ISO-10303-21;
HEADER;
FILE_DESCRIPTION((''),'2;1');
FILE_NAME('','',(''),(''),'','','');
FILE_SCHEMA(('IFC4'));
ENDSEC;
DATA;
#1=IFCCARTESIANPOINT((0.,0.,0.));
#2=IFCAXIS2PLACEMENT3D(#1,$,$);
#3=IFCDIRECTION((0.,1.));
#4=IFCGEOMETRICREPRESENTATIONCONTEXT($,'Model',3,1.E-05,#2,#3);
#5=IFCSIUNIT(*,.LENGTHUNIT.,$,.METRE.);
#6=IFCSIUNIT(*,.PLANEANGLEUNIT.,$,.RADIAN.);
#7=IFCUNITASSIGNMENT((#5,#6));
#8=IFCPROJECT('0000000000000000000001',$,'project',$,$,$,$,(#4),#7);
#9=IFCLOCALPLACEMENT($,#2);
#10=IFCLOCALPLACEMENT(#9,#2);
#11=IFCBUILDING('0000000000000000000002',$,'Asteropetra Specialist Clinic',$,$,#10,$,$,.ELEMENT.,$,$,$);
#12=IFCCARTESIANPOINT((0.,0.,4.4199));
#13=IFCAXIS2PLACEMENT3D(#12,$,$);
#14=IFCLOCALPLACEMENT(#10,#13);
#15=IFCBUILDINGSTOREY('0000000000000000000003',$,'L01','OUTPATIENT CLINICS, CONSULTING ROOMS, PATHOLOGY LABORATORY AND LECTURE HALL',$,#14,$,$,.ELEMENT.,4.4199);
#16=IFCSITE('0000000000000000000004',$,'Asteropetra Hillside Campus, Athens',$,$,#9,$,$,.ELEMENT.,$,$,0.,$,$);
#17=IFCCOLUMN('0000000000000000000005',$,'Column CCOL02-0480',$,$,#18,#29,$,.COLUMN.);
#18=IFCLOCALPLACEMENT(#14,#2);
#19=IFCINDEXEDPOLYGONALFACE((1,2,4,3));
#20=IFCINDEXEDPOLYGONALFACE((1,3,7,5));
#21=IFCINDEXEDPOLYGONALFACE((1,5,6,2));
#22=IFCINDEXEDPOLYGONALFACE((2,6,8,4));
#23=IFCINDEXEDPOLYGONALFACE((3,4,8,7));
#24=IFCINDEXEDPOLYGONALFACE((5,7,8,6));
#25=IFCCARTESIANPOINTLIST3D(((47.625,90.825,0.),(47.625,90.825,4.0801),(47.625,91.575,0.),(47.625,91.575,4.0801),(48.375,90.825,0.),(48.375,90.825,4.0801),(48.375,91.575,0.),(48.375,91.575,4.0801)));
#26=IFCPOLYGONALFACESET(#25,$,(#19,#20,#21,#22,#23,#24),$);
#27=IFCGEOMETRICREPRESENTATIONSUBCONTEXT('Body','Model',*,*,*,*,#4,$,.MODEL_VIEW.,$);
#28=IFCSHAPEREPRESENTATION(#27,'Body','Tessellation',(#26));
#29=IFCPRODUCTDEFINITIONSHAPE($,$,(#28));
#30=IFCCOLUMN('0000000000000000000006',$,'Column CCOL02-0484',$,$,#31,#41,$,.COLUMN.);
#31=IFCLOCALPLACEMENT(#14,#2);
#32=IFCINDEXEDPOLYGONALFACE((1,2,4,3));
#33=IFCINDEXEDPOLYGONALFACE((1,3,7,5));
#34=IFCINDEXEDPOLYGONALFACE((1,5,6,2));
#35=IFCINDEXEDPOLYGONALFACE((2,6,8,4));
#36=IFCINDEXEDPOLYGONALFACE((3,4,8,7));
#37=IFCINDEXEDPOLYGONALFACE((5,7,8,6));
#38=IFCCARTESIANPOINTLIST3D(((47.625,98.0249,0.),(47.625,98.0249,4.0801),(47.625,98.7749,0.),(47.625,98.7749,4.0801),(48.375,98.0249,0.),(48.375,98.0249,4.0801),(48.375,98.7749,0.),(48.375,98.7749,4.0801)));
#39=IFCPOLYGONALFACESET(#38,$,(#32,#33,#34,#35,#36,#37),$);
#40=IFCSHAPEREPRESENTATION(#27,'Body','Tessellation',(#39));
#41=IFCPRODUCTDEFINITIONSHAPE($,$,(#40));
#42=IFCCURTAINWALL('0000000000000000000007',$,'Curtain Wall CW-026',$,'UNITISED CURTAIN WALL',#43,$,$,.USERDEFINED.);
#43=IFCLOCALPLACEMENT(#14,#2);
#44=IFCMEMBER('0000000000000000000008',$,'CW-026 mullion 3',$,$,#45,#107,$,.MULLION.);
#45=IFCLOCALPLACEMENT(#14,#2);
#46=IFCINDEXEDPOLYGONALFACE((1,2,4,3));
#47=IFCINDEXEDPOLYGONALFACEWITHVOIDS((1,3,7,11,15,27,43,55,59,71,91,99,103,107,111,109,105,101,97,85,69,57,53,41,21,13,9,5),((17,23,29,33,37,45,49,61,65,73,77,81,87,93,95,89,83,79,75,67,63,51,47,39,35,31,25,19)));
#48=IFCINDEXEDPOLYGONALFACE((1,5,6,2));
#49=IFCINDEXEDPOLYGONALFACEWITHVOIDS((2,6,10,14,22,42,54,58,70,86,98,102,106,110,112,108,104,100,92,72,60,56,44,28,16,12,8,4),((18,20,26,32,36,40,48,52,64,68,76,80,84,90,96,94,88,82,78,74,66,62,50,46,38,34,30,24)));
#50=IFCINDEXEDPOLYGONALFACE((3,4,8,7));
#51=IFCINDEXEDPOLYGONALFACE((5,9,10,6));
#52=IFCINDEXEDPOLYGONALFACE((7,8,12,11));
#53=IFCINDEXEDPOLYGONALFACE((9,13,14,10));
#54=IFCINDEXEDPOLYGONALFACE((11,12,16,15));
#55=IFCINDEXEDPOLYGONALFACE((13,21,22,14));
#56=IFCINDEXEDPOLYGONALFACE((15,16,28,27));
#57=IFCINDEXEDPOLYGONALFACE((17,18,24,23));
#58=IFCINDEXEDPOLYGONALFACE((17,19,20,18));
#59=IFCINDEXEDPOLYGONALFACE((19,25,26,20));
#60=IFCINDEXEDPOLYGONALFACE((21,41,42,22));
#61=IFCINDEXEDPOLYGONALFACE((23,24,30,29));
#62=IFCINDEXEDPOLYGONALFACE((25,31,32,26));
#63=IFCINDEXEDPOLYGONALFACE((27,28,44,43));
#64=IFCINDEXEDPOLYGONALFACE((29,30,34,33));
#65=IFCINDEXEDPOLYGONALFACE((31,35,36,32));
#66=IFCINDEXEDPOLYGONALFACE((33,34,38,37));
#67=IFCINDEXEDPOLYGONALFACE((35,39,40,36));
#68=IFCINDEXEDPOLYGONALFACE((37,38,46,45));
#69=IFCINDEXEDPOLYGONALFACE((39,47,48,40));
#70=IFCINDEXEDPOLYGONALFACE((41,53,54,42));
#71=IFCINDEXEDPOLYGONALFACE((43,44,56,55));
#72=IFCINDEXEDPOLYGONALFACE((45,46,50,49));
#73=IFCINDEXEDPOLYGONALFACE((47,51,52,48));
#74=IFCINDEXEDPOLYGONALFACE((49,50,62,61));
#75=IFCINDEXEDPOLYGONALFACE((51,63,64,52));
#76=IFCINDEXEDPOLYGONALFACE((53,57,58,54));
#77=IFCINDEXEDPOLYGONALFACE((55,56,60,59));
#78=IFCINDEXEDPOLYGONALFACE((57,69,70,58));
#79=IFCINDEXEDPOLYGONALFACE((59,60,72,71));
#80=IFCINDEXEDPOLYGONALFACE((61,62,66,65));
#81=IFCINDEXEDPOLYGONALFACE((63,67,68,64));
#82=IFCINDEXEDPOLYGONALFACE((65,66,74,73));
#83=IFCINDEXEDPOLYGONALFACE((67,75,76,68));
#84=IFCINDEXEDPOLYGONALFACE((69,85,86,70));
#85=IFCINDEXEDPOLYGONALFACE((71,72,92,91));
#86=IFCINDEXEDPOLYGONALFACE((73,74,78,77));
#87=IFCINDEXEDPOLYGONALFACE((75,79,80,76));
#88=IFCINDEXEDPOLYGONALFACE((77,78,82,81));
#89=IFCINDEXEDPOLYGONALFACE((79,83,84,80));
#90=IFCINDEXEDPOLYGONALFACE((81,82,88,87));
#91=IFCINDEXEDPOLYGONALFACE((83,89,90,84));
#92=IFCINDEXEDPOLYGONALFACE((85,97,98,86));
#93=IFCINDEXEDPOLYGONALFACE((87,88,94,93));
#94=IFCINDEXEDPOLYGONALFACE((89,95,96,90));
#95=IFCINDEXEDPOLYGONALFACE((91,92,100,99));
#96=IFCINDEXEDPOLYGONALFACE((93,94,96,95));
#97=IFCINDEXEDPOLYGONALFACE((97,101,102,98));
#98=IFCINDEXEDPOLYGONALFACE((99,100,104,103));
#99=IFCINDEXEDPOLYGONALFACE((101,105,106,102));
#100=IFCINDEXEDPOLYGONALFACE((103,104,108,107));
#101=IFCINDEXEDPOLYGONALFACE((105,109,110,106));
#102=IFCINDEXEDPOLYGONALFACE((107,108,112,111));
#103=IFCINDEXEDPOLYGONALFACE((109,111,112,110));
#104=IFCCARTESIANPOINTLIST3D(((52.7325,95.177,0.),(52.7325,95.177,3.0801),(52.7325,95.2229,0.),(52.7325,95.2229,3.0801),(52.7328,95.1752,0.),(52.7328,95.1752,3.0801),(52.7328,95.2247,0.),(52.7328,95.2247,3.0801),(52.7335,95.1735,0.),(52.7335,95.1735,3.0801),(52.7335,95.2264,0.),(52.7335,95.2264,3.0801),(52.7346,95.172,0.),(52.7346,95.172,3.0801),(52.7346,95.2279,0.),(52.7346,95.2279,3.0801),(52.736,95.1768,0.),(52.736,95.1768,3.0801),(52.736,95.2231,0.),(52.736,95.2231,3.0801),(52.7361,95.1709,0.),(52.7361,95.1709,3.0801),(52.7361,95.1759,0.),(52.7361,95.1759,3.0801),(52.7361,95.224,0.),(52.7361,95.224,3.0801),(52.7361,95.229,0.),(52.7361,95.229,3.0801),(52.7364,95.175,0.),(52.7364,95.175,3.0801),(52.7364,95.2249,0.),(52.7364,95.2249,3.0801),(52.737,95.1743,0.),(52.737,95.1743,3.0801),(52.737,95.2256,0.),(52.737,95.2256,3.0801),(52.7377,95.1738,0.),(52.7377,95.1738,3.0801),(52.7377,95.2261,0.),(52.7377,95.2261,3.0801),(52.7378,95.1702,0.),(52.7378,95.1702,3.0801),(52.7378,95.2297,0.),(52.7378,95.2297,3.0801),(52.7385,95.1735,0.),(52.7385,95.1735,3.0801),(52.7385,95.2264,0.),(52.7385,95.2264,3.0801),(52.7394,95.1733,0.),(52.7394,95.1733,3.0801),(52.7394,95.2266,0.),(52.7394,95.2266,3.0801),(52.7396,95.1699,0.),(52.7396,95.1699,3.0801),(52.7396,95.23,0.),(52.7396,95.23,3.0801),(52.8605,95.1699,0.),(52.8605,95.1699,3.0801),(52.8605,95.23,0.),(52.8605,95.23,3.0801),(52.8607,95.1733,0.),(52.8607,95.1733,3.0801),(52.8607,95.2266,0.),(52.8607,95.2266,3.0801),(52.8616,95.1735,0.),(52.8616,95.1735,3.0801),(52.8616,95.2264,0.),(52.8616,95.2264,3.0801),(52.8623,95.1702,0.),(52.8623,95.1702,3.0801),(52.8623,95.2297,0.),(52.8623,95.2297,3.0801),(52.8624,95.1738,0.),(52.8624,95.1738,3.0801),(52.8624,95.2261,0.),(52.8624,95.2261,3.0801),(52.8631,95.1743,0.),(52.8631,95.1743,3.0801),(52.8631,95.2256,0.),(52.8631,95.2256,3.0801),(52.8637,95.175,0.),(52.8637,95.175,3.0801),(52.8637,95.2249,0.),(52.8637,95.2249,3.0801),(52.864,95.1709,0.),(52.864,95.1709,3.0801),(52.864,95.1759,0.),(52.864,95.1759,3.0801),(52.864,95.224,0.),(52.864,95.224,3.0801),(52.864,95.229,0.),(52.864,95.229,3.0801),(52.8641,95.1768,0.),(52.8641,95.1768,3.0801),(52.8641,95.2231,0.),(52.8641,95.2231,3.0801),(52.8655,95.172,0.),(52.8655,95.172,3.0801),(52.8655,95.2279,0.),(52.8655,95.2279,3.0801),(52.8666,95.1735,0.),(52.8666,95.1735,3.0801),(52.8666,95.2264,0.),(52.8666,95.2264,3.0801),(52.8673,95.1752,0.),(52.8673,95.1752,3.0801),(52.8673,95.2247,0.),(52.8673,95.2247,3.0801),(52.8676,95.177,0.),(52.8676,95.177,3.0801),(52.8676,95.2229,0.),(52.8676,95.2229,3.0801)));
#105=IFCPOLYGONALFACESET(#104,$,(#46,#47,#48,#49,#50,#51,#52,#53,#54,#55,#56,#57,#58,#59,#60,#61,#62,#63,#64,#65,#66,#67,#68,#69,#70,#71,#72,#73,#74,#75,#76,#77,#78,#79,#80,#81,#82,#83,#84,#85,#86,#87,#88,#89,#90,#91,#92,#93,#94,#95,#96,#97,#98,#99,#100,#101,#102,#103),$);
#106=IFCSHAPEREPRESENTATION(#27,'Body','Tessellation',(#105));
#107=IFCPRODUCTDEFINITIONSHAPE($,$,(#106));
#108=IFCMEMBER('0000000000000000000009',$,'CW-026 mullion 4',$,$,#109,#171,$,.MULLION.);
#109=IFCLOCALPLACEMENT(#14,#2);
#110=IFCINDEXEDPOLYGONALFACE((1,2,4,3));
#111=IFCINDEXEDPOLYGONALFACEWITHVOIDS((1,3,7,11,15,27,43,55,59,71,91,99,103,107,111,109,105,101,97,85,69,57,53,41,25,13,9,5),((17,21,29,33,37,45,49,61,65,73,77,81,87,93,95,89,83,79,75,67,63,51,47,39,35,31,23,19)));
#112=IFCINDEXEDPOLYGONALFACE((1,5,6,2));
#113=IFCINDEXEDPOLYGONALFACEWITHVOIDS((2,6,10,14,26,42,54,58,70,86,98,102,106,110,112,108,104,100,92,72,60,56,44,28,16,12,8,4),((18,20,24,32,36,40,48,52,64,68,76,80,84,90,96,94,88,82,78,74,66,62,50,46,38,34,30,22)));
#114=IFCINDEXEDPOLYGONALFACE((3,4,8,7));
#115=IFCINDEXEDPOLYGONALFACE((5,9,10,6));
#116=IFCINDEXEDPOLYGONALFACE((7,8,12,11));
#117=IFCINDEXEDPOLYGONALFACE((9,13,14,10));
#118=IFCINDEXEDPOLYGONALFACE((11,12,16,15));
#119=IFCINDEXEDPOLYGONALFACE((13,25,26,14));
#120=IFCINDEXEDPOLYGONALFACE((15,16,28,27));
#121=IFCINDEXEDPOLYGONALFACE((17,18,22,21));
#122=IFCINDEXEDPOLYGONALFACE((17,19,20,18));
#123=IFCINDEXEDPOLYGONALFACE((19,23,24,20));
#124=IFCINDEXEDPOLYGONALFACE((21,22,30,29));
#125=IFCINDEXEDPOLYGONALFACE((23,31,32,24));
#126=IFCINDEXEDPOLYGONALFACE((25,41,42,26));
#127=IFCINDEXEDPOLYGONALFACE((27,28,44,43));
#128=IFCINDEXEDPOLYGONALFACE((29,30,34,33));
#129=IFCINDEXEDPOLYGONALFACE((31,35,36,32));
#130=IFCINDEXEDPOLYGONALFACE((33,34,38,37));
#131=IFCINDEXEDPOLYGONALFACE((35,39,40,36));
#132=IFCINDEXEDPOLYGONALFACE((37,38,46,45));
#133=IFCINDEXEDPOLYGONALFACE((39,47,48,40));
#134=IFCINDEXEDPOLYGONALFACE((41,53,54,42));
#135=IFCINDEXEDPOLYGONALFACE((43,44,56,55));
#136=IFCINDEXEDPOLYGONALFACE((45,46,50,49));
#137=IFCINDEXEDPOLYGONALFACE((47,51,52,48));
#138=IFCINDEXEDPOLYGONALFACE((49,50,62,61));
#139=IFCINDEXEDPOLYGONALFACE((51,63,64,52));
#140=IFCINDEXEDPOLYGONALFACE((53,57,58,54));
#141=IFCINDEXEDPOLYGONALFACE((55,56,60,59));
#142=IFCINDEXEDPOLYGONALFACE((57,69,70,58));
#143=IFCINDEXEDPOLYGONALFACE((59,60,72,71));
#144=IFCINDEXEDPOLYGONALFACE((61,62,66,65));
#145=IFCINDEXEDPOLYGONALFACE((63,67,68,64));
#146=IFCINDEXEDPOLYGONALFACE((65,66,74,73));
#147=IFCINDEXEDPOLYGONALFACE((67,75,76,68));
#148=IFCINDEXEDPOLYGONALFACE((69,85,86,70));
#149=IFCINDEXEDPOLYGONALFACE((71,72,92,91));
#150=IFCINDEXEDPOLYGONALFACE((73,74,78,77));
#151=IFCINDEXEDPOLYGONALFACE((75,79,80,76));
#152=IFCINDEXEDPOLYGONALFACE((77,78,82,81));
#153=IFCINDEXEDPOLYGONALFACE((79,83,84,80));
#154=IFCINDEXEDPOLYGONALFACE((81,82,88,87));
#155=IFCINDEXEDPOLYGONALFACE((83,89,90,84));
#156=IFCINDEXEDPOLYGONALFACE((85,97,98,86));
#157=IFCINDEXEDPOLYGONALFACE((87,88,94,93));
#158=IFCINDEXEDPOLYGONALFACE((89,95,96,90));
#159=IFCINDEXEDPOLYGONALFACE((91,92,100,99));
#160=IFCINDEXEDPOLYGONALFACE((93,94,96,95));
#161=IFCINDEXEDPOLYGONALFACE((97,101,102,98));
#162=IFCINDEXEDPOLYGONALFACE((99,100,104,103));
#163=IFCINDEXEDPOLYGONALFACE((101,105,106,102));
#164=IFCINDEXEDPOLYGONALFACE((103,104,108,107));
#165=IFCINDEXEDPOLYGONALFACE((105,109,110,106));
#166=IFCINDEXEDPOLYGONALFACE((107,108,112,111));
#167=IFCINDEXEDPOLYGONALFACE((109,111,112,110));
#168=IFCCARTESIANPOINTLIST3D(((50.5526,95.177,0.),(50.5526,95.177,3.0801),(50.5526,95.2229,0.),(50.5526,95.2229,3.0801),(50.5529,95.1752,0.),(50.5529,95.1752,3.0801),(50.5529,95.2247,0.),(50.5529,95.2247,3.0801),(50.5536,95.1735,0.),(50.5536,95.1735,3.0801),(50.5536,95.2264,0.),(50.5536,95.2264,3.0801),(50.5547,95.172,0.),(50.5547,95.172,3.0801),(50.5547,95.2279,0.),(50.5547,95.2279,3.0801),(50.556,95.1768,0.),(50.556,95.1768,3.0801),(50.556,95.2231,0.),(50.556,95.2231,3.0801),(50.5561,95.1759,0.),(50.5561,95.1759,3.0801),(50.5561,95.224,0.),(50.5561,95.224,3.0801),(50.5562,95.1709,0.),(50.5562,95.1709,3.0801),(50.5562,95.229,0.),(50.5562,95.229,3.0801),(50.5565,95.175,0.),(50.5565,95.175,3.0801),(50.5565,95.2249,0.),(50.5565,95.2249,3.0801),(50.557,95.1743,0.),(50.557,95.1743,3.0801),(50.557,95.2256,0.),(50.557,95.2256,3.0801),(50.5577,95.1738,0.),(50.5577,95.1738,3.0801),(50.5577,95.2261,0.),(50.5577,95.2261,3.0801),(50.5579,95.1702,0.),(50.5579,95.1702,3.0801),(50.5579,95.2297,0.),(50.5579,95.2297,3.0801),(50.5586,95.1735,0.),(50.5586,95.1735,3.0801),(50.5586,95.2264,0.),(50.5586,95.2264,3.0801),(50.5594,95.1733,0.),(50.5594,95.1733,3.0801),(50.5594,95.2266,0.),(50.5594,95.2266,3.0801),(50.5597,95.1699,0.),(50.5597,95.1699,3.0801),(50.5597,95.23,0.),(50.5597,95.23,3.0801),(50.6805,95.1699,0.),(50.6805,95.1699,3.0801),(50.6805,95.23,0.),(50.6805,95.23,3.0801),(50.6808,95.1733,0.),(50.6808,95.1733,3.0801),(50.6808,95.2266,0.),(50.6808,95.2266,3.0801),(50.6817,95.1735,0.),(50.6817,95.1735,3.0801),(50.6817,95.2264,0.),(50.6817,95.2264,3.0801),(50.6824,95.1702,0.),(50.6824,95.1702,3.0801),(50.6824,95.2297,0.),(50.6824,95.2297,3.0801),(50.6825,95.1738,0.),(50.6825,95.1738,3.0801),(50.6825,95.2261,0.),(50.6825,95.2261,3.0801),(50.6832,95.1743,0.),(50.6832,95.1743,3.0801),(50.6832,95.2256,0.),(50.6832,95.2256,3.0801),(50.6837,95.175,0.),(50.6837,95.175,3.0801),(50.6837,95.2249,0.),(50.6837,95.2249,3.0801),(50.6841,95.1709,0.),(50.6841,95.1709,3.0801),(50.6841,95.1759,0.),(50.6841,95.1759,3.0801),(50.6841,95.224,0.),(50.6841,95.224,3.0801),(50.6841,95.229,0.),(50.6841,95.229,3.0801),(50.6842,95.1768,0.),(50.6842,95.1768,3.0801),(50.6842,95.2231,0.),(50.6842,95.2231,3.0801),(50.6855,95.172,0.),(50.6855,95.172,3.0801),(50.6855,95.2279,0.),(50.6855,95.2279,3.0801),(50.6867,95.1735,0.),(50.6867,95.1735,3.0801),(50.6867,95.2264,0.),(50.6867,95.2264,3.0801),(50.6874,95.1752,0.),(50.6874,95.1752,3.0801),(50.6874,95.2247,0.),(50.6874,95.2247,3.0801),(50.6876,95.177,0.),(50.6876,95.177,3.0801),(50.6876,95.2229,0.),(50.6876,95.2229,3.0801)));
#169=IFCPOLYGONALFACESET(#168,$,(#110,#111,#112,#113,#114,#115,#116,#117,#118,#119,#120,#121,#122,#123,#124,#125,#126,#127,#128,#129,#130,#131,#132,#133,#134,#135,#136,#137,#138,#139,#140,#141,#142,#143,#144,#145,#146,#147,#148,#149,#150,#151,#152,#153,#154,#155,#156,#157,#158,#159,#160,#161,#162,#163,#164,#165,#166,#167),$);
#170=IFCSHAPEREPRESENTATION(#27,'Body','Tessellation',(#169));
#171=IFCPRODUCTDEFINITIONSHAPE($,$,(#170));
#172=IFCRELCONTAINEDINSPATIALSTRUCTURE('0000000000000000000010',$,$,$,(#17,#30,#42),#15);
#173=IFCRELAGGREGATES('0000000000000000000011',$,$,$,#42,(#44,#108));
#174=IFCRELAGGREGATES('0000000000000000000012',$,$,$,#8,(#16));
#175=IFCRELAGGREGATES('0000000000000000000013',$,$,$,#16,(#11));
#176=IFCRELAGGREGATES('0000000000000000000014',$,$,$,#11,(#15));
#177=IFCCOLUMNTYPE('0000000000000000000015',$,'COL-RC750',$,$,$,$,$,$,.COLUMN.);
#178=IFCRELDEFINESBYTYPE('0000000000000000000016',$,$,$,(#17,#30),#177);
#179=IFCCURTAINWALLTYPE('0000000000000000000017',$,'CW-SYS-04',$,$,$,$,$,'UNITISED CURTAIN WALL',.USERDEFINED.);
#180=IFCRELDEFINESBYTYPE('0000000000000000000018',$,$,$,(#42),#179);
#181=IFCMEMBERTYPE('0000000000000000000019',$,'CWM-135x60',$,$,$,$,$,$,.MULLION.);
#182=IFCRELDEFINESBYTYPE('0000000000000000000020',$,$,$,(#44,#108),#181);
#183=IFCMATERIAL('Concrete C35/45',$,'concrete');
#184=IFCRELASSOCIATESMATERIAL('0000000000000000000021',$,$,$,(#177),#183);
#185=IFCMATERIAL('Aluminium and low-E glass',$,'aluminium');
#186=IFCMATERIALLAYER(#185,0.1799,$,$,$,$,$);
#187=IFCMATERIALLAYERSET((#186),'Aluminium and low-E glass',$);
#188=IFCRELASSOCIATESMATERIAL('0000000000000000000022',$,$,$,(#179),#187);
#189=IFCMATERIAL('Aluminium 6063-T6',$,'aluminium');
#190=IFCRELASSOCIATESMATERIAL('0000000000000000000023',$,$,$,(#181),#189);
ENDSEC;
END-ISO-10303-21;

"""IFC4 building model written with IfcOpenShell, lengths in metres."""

from ifc_helpers import new_model, si_unit, direction, frame, origin, origin_2d, place, context, subcontext, project, spatial, rectangle, hollow_rectangle, extrude, material, layer, layer_set, material_profile, profile_set, type_object, element, aggregate, save


model = new_model("IFC4")

# Units and contexts
model_context = context("Model", 3, precision=1e-05, world=origin(), true_north=direction((0.0, 1.0)))
body_context = subcontext(model_context, "Body", "Model", "MODEL_VIEW")
ifc_project = project(units=[si_unit("LENGTHUNIT", "METRE"), si_unit("PLANEANGLEUNIT", "RADIAN")], contexts=[model_context])

# Site, building, storey
site_placement = place(None, origin())
site = spatial("IfcSite", under=ifc_project, at=site_placement, Name="Asteropetra Hillside Campus, Athens", CompositionType="ELEMENT", RefElevation=0.0)
building_placement = place(site_placement, origin())
building = spatial("IfcBuilding", under=site, at=building_placement, Name="Asteropetra Specialist Clinic", CompositionType="ELEMENT")
storey_placement = place(building_placement, frame((0.0, 0.0, 4.4199)))
storey = spatial("IfcBuildingStorey", under=building, at=storey_placement, Name="L01", Description="OUTPATIENT CLINICS, CONSULTING ROOMS, PATHOLOGY LABORATORY AND LECTURE HALL", CompositionType="ELEMENT", Elevation=4.4199)

# Columns
ifc_material_1 = material(Name="Concrete C35/45", Category="concrete")
ifc_material_profile_1 = material_profile(ifc_material_1, rectangle(XDim=0.75, YDim=0.75, at=origin_2d()), Name="RC 750x750")
ifc_profile_set_1 = profile_set([ifc_material_profile_1], Name="Concrete C35/45")
column_type = type_object("IfcColumnType", Name="COL-RC750", PredefinedType="COLUMN", material=ifc_profile_set_1)
for number, where, z_axis, x_axis, name in (
    (1, (48.0, 91.2, 0.0), (0.0, 0.0, 1.0), (1.0, 0.0, 0.0), "Column CCOL02-0480"),
    (2, (48.0, 98.3999, 0.0), (0.0, 0.0, 1.0), (1.0, 0.0, 0.0), "Column CCOL02-0484"),
):
    element("IfcColumn", number, at=place(storey_placement, frame(where, z_axis=z_axis, x_axis=x_axis)), inside=storey, type_object=column_type, Name=name, PredefinedType="COLUMN", context=body_context, shape_type="SweptSolid", body=[
        extrude(rectangle(XDim=0.75, YDim=0.75, at=origin_2d()), origin(), (0.0, 0.0, 1.0), 4.0801),
    ])

# Curtain wall, members
ifc_material_2 = material(Name="Aluminium and low-E glass", Category="aluminium")
ifc_layer_1 = layer(ifc_material_2, 0.1799)
ifc_layer_set_1 = layer_set([ifc_layer_1], Name="Aluminium and low-E glass")
curtain_wall_type_1 = type_object("IfcCurtainWallType", Name="CW-SYS-04", ElementType="UNITISED CURTAIN WALL", PredefinedType="USERDEFINED", material=ifc_layer_set_1)
curtain_wall_1_placement = place(storey_placement, origin())
curtain_wall_1 = element("IfcCurtainWall", 3, at=curtain_wall_1_placement, inside=storey, type_object=curtain_wall_type_1, Name="Curtain Wall CW-026", ObjectType="UNITISED CURTAIN WALL", PredefinedType="USERDEFINED")
ifc_material_3 = material(Name="Aluminium 6063-T6", Category="aluminium")
ifc_material_profile_2 = material_profile(ifc_material_3, hollow_rectangle(XDim=0.0601, YDim=0.135, WallThickness=0.0034, InnerFilletRadius=0.0034, OuterFilletRadius=0.0071, at=origin_2d()), Name="MUL 135x60x3.5")
ifc_profile_set_2 = profile_set([ifc_material_profile_2], Name="Aluminium 6063-T6")
member_type_1 = type_object("IfcMemberType", Name="CWM-135x60", PredefinedType="MULLION", material=ifc_profile_set_2)
member_1_placement = place(storey_placement, frame((52.8, 95.2, 0.0), z_axis=(0.0, 0.0, 1.0), x_axis=(0.0, -1.0, 0.0)))
member_1 = element("IfcMember", 4, at=member_1_placement, type_object=member_type_1, Name="CW-026 mullion 3", PredefinedType="MULLION", context=body_context, shape_type="SweptSolid", body=[
    extrude(hollow_rectangle(XDim=0.0601, YDim=0.135, WallThickness=0.0034, InnerFilletRadius=0.0034, OuterFilletRadius=0.0071, at=origin_2d()), origin(), (0.0, 0.0, 1.0), 3.0801),
])
member_2_placement = place(storey_placement, frame((50.6201, 95.2, 0.0), z_axis=(0.0, 0.0, 1.0), x_axis=(0.0, -1.0, 0.0)))
member_2 = element("IfcMember", 5, at=member_2_placement, type_object=member_type_1, Name="CW-026 mullion 4", PredefinedType="MULLION", context=body_context, shape_type="SweptSolid", body=[
    extrude(hollow_rectangle(XDim=0.0601, YDim=0.135, WallThickness=0.0034, InnerFilletRadius=0.0034, OuterFilletRadius=0.0071, at=origin_2d()), origin(), (0.0, 0.0, 1.0), 3.0801),
])

aggregate(curtain_wall_1, [member_1, member_2])

save(model, "model.ifc")
